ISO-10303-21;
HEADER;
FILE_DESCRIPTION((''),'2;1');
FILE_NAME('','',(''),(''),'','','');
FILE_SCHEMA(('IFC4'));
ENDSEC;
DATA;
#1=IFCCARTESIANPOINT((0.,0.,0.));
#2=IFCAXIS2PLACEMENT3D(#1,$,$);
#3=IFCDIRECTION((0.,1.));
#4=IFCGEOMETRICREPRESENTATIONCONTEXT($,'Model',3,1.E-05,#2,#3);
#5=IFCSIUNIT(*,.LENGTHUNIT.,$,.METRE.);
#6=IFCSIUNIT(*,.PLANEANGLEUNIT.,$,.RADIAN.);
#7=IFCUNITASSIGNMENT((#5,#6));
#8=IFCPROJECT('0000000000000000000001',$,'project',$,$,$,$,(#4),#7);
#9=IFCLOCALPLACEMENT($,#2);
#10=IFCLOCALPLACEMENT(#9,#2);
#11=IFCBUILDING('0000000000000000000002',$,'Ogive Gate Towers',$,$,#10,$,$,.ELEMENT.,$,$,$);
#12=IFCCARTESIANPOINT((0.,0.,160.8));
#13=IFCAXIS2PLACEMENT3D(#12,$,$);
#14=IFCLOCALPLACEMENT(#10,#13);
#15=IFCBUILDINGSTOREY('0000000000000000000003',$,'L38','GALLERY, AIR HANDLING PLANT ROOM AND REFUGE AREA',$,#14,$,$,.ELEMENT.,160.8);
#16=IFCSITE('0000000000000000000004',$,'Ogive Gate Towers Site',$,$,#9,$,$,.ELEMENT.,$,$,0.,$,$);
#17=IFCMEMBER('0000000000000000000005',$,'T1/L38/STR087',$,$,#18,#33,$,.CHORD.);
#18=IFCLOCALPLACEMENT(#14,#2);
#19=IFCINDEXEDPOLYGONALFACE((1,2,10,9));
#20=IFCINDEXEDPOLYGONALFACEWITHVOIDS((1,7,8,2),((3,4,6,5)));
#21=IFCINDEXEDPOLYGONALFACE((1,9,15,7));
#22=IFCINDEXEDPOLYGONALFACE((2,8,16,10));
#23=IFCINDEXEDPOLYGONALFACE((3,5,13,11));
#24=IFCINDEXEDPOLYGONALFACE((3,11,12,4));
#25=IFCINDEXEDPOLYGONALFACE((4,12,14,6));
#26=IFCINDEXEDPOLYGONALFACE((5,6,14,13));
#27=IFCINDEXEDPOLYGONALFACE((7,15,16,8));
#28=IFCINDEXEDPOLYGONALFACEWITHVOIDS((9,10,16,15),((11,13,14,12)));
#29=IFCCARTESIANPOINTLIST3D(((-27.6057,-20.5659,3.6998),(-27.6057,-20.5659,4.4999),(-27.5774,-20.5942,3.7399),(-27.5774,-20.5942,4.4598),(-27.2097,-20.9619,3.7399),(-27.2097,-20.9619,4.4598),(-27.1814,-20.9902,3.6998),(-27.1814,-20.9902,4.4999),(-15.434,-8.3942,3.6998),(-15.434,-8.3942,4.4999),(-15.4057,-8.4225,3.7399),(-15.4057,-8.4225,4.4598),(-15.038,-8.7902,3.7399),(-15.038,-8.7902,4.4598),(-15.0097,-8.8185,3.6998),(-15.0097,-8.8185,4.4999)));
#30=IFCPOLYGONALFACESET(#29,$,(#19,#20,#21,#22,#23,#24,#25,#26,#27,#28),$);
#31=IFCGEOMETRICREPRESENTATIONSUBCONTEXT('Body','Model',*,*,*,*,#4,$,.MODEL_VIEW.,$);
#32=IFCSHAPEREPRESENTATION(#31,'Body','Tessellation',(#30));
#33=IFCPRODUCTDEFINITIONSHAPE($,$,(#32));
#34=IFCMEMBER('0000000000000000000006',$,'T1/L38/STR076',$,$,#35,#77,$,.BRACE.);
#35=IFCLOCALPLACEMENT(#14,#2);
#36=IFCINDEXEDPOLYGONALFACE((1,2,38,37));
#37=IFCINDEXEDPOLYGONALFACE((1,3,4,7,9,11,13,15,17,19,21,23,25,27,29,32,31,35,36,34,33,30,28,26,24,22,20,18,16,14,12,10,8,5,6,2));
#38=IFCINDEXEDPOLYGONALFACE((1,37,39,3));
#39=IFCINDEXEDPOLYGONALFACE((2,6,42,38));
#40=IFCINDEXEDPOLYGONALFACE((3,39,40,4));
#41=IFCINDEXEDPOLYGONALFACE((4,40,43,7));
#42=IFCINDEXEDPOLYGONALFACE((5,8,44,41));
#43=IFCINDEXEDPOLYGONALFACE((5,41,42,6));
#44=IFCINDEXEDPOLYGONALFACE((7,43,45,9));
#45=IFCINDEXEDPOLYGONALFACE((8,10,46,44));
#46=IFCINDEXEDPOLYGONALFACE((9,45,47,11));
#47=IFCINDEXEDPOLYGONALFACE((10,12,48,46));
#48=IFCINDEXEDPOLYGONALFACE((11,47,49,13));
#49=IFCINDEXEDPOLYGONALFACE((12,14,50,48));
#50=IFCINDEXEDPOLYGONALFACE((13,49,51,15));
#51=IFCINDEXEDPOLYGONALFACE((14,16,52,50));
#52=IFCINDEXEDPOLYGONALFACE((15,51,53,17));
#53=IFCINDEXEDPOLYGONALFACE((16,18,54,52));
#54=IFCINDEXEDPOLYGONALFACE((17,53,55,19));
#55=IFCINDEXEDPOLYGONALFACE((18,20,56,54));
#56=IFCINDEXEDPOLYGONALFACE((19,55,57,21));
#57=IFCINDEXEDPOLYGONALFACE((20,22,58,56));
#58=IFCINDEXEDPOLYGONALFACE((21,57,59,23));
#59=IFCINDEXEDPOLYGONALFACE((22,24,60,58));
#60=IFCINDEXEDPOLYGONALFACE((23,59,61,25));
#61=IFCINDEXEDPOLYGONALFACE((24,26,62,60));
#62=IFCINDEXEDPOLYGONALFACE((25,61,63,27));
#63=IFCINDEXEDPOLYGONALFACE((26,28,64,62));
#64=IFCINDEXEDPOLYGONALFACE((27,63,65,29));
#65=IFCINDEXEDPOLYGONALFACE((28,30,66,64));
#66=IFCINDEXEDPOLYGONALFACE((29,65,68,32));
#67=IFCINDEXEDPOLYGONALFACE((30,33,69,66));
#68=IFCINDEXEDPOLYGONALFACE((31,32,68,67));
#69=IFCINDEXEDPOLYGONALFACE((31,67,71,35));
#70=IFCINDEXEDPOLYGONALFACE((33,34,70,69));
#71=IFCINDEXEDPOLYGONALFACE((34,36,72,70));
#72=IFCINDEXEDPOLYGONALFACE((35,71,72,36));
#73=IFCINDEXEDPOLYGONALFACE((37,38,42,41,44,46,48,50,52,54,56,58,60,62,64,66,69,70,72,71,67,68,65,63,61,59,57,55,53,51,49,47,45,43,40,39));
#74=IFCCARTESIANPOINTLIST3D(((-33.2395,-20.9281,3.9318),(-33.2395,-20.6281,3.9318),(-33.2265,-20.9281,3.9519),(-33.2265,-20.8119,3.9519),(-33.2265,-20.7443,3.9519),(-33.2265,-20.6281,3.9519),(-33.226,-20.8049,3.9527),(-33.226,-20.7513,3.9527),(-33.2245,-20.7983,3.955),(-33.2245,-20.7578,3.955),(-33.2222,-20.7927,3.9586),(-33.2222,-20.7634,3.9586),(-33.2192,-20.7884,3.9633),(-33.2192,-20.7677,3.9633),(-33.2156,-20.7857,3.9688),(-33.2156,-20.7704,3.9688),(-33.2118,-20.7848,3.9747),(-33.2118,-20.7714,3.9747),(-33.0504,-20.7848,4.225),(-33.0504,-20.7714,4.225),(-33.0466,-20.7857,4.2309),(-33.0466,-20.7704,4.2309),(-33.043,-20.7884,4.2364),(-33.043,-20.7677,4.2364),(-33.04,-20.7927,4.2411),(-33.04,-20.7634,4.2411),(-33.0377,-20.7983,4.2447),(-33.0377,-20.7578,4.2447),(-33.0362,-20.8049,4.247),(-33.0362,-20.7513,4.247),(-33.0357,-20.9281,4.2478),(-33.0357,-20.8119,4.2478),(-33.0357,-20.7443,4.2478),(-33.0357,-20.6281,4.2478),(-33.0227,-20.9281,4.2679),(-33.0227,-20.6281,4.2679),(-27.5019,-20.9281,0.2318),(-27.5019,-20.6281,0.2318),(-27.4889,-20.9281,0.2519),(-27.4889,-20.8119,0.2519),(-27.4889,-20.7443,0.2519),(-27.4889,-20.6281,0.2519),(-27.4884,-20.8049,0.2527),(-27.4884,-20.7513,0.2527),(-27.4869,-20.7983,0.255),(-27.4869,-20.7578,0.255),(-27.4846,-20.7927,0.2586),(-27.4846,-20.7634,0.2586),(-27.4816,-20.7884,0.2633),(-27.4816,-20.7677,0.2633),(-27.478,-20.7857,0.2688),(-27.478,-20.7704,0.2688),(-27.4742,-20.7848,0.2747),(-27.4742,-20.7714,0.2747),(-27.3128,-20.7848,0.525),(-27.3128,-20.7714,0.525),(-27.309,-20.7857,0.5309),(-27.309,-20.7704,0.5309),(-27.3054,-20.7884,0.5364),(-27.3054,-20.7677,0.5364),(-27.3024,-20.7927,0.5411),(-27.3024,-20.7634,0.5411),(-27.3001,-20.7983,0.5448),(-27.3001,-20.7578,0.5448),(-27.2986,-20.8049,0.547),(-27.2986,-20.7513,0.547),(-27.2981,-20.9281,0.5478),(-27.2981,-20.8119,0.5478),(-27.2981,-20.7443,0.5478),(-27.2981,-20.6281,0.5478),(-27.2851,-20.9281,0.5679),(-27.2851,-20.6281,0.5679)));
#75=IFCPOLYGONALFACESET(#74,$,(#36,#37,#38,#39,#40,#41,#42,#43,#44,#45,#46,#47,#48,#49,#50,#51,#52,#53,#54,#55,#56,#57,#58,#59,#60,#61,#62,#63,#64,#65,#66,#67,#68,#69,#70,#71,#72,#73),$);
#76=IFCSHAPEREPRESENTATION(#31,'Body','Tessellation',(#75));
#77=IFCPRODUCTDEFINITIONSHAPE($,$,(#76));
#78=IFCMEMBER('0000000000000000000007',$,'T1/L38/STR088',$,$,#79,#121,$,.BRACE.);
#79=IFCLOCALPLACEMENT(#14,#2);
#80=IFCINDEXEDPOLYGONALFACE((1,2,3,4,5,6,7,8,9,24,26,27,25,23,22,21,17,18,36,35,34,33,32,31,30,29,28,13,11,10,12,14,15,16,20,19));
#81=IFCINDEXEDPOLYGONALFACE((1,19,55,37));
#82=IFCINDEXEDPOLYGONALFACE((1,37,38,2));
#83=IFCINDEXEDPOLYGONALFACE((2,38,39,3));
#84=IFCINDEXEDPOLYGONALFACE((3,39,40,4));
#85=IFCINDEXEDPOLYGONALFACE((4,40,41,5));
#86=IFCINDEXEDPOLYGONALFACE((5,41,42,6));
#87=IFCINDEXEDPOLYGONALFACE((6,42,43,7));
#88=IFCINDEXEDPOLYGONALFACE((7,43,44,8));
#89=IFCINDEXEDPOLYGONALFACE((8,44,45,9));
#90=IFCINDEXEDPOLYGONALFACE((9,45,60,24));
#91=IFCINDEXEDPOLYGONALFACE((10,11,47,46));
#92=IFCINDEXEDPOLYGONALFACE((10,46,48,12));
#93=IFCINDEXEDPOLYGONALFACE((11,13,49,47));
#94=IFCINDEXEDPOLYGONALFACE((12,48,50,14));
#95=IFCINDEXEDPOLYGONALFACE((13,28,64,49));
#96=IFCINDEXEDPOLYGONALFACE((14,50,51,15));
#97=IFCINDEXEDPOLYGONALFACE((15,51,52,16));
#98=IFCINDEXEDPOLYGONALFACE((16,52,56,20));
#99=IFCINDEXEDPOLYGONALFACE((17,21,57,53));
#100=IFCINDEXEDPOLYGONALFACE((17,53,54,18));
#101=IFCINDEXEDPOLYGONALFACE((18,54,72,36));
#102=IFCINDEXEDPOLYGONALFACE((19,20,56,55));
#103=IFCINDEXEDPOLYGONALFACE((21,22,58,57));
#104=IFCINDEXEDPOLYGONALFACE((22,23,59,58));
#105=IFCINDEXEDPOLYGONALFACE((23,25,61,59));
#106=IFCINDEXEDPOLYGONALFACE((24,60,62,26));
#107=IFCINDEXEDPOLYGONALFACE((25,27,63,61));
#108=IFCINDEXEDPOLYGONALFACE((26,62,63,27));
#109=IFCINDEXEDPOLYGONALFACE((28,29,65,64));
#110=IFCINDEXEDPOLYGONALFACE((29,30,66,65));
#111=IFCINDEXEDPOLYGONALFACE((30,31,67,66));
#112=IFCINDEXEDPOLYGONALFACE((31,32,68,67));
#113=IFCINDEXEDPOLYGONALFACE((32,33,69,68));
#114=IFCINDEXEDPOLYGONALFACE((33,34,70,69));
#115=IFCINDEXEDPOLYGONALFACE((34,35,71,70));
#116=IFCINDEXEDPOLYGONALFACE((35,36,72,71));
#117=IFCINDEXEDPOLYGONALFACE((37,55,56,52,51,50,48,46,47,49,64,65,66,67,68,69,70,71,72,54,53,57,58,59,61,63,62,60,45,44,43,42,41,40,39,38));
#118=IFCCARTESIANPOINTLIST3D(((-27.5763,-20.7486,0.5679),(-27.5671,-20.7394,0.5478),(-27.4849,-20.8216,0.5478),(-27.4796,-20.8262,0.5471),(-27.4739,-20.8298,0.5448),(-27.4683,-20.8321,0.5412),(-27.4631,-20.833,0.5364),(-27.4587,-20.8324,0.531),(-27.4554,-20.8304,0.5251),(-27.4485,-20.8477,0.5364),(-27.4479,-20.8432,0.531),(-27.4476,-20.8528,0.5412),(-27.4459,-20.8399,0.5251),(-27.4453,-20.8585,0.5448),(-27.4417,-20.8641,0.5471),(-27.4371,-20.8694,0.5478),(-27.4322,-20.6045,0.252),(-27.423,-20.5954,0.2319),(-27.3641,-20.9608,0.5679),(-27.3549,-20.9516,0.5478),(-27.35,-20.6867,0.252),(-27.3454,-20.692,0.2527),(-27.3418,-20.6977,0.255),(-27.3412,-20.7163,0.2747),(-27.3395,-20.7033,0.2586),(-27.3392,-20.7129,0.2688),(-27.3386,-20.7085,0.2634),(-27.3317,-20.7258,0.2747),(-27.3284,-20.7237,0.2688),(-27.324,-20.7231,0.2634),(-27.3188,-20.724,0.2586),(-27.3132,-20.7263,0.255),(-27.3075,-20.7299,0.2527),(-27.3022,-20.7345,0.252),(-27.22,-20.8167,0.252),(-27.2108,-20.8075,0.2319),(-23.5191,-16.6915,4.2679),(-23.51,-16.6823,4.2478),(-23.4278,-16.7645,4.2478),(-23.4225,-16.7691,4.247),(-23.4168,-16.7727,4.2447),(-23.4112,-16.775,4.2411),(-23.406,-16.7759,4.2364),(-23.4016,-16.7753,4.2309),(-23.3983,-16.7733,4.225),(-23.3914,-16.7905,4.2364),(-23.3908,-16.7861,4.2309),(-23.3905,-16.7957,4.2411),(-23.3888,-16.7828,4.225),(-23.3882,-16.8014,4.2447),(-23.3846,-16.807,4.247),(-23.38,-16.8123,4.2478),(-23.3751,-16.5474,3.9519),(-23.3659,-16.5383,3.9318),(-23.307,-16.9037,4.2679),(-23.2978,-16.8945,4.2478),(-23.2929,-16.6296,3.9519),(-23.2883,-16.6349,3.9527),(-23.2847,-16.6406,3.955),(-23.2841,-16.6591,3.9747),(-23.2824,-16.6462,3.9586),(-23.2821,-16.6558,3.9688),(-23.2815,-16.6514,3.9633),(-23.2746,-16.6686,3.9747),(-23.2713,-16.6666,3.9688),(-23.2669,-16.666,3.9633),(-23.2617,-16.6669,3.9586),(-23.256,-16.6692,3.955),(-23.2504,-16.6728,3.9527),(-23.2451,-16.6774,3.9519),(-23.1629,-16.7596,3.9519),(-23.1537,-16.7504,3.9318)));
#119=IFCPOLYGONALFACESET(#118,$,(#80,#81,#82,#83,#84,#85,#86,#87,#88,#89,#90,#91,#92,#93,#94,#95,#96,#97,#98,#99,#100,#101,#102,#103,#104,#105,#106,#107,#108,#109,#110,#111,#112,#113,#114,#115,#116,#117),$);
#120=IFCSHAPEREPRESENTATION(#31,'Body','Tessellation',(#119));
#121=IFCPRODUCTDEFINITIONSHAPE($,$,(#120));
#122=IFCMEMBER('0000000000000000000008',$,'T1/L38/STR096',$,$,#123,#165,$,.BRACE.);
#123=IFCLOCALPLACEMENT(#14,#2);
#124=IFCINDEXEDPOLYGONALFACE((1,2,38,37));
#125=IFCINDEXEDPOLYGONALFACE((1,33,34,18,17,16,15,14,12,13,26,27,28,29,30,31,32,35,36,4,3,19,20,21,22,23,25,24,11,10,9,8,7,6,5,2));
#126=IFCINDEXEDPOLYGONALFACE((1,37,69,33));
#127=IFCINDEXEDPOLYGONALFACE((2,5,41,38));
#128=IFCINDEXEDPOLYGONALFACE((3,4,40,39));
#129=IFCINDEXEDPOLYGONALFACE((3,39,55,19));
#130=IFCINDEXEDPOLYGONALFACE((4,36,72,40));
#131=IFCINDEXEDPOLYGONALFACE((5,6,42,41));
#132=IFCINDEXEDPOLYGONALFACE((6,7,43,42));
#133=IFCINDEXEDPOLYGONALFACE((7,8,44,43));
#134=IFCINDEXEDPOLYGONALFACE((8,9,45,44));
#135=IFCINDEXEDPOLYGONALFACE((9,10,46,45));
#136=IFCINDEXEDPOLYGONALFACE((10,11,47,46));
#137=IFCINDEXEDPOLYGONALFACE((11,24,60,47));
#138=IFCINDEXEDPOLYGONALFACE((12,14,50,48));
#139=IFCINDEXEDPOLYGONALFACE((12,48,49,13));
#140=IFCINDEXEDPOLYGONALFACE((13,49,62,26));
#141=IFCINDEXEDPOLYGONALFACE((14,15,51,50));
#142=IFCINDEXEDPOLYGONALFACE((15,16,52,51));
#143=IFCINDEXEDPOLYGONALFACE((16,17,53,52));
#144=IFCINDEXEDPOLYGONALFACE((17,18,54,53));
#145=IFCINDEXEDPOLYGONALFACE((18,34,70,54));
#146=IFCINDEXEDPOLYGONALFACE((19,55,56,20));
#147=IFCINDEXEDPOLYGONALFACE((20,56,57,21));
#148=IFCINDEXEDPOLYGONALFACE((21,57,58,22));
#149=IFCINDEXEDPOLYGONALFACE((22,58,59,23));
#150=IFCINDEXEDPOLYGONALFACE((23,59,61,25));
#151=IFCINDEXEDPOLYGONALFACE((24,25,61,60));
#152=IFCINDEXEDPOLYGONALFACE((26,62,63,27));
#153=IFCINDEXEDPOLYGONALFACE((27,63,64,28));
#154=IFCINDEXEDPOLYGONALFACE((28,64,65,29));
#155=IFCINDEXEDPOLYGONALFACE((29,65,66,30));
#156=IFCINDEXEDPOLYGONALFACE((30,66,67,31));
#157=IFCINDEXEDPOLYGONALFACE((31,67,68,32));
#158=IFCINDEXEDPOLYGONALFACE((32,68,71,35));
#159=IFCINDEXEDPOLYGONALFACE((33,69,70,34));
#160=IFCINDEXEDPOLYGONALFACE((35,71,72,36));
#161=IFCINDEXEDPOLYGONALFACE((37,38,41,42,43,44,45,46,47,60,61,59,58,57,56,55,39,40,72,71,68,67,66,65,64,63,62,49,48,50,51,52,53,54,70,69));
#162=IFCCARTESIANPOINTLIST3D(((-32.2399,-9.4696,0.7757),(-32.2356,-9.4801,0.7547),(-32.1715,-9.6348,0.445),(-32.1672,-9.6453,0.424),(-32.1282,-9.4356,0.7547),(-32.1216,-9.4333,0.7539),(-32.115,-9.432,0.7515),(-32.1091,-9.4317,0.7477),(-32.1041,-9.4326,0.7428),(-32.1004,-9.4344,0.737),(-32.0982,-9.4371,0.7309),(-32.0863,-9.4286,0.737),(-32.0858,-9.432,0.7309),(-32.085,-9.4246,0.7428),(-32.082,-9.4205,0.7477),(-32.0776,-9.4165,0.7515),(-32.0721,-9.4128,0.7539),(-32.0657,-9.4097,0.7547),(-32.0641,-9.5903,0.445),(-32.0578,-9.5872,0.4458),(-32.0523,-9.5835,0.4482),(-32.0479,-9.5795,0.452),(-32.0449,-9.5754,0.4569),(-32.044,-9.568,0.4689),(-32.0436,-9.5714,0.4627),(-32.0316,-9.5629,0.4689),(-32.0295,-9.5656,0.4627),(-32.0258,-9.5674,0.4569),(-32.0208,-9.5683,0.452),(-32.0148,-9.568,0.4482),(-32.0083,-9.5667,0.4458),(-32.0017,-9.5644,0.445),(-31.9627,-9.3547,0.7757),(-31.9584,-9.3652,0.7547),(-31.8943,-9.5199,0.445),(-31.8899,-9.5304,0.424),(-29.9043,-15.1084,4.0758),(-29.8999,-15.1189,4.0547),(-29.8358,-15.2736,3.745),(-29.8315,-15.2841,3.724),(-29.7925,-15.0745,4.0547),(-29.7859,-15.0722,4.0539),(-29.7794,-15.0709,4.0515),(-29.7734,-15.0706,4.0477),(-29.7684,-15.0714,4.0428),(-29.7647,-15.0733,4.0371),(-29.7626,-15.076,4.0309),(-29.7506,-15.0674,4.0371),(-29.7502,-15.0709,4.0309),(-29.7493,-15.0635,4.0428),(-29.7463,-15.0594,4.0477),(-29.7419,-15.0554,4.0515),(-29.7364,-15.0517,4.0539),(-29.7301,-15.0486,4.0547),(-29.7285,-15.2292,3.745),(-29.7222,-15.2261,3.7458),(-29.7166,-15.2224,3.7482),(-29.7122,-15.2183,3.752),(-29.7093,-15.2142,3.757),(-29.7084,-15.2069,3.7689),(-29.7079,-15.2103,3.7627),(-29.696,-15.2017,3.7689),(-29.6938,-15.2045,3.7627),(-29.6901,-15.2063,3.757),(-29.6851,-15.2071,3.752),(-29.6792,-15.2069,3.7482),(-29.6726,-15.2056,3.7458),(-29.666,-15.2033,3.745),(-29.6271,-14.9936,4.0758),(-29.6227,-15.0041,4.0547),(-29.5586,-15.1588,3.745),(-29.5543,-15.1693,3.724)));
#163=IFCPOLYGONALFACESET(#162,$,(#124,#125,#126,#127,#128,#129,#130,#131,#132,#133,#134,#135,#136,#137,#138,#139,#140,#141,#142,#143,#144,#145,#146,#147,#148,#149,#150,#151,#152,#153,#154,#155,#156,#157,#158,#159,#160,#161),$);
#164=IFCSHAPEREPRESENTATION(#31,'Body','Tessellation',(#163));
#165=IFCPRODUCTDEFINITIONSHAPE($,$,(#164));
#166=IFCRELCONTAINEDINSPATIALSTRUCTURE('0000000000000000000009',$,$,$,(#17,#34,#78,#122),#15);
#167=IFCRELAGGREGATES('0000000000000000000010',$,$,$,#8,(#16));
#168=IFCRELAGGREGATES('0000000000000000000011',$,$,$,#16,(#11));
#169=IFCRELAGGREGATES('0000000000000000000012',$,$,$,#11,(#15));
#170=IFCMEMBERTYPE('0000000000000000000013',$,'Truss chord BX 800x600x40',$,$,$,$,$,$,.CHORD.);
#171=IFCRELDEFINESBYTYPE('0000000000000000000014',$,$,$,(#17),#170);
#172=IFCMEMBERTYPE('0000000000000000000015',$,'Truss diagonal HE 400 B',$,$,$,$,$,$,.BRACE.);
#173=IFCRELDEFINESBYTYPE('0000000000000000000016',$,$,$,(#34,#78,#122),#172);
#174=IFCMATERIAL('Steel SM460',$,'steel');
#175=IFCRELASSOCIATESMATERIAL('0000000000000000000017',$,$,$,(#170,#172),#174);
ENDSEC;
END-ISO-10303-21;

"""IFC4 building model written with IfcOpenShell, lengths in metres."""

from ifc_helpers import new_model, si_unit, direction, frame, origin, origin_2d, place, context, subcontext, project, spatial, hollow_rectangle, i_section, extrude, material, material_profile, profile_set, type_object, element, save


model = new_model("IFC4")

# Units and contexts
model_context = context("Model", 3, precision=1e-05, world=origin(), true_north=direction((0.0, 1.0)))
body_context = subcontext(model_context, "Body", "Model", "MODEL_VIEW")
ifc_project = project(units=[si_unit("LENGTHUNIT", "METRE"), si_unit("PLANEANGLEUNIT", "RADIAN")], contexts=[model_context])

# Site, building, storey
site_placement = place(None, origin())
site = spatial("IfcSite", under=ifc_project, at=site_placement, Name="Ogive Gate Towers Site", CompositionType="ELEMENT", RefElevation=0.0)
building_placement = place(site_placement, origin())
building = spatial("IfcBuilding", under=site, at=building_placement, Name="Ogive Gate Towers", CompositionType="ELEMENT")
storey_placement = place(building_placement, frame((0.0, 0.0, 160.8)))
storey = spatial("IfcBuildingStorey", under=building, at=storey_placement, Name="L38", Description="GALLERY, AIR HANDLING PLANT ROOM AND REFUGE AREA", CompositionType="ELEMENT", Elevation=160.8)

# Shared definitions
ifc_material_1 = material(Name="Steel SM460", Category="steel")

# Members
ifc_material_profile_1 = material_profile(ifc_material_1, hollow_rectangle(XDim=0.6001, YDim=0.8, WallThickness=0.04, at=origin_2d()), Name="BX 800x600x40")
ifc_profile_set_1 = profile_set([ifc_material_profile_1], Name="Steel SM460")
member_type_1 = type_object("IfcMemberType", Name="Truss chord BX 800x600x40", PredefinedType="CHORD", material=ifc_profile_set_1)
for number, where, z_axis, x_axis, name in (
    (1, (-27.3936, -20.7781, 4.0999), (0.707107, 0.707107, 0.0), (-0.707107, 0.707107, 0.0), "T1/L38/STR087"),
):
    element("IfcMember", number, at=place(storey_placement, frame(where, z_axis=z_axis, x_axis=x_axis)), inside=storey, type_object=member_type_1, Name=name, PredefinedType="CHORD", context=body_context, shape_type="SweptSolid", body=[
        extrude(hollow_rectangle(XDim=0.6001, YDim=0.8, WallThickness=0.04, at=origin_2d()), origin(), (0.0, 0.0, 1.0), 17.2134),
    ])
ifc_material_profile_2 = material_profile(ifc_material_1, i_section(OverallWidth=0.3, OverallDepth=0.3999, WebThickness=0.0134, FlangeThickness=0.0239, FilletRadius=0.0271, at=origin_2d()), Name="HE 400 B")
ifc_profile_set_2 = profile_set([ifc_material_profile_2], Name="Steel SM460")
member_type_2 = type_object("IfcMemberType", Name="Truss diagonal HE 400 B", PredefinedType="BRACE", material=ifc_profile_set_2)
for number, where, z_axis, x_axis, name in (
    (2, (-33.1311, -20.7781, 4.0999), (0.84041, 0.0, -0.541952), (0.0, 1.0, 0.0), "T1/L38/STR076"),
    (3, (-27.3936, -20.7781, 0.3999), (0.594262, 0.594262, 0.541945), (-0.707107, 0.707107, 0.0), "T1/L38/STR088"),
):
    element("IfcMember", number, at=place(storey_placement, frame(where, z_axis=z_axis, x_axis=x_axis)), inside=storey, type_object=member_type_2, Name=name, PredefinedType="BRACE", context=body_context, shape_type="SweptSolid", body=[
        extrude(i_section(OverallWidth=0.3, OverallDepth=0.3999, WebThickness=0.0134, FlangeThickness=0.0239, FilletRadius=0.0271, at=origin_2d()), origin(), (0.0, 0.0, 1.0), 6.8271),
    ])
member_1_placement = place(storey_placement, frame((-32.0649, -9.5, 0.5999), z_axis=(0.336627, -0.812696, 0.475612), x_axis=(0.923881, 0.38268, 0.0)))
element("IfcMember", 4, at=member_1_placement, inside=storey, type_object=member_type_2, Name="T1/L38/STR096", PredefinedType="BRACE", context=body_context, shape_type="SweptSolid", body=[
    extrude(i_section(OverallWidth=0.3, OverallDepth=0.3999, WebThickness=0.0134, FlangeThickness=0.0239, FilletRadius=0.0271, at=origin_2d()), origin(), (0.0, 0.0, 1.0), 6.9385),
])

save(model, "model.ifc")
